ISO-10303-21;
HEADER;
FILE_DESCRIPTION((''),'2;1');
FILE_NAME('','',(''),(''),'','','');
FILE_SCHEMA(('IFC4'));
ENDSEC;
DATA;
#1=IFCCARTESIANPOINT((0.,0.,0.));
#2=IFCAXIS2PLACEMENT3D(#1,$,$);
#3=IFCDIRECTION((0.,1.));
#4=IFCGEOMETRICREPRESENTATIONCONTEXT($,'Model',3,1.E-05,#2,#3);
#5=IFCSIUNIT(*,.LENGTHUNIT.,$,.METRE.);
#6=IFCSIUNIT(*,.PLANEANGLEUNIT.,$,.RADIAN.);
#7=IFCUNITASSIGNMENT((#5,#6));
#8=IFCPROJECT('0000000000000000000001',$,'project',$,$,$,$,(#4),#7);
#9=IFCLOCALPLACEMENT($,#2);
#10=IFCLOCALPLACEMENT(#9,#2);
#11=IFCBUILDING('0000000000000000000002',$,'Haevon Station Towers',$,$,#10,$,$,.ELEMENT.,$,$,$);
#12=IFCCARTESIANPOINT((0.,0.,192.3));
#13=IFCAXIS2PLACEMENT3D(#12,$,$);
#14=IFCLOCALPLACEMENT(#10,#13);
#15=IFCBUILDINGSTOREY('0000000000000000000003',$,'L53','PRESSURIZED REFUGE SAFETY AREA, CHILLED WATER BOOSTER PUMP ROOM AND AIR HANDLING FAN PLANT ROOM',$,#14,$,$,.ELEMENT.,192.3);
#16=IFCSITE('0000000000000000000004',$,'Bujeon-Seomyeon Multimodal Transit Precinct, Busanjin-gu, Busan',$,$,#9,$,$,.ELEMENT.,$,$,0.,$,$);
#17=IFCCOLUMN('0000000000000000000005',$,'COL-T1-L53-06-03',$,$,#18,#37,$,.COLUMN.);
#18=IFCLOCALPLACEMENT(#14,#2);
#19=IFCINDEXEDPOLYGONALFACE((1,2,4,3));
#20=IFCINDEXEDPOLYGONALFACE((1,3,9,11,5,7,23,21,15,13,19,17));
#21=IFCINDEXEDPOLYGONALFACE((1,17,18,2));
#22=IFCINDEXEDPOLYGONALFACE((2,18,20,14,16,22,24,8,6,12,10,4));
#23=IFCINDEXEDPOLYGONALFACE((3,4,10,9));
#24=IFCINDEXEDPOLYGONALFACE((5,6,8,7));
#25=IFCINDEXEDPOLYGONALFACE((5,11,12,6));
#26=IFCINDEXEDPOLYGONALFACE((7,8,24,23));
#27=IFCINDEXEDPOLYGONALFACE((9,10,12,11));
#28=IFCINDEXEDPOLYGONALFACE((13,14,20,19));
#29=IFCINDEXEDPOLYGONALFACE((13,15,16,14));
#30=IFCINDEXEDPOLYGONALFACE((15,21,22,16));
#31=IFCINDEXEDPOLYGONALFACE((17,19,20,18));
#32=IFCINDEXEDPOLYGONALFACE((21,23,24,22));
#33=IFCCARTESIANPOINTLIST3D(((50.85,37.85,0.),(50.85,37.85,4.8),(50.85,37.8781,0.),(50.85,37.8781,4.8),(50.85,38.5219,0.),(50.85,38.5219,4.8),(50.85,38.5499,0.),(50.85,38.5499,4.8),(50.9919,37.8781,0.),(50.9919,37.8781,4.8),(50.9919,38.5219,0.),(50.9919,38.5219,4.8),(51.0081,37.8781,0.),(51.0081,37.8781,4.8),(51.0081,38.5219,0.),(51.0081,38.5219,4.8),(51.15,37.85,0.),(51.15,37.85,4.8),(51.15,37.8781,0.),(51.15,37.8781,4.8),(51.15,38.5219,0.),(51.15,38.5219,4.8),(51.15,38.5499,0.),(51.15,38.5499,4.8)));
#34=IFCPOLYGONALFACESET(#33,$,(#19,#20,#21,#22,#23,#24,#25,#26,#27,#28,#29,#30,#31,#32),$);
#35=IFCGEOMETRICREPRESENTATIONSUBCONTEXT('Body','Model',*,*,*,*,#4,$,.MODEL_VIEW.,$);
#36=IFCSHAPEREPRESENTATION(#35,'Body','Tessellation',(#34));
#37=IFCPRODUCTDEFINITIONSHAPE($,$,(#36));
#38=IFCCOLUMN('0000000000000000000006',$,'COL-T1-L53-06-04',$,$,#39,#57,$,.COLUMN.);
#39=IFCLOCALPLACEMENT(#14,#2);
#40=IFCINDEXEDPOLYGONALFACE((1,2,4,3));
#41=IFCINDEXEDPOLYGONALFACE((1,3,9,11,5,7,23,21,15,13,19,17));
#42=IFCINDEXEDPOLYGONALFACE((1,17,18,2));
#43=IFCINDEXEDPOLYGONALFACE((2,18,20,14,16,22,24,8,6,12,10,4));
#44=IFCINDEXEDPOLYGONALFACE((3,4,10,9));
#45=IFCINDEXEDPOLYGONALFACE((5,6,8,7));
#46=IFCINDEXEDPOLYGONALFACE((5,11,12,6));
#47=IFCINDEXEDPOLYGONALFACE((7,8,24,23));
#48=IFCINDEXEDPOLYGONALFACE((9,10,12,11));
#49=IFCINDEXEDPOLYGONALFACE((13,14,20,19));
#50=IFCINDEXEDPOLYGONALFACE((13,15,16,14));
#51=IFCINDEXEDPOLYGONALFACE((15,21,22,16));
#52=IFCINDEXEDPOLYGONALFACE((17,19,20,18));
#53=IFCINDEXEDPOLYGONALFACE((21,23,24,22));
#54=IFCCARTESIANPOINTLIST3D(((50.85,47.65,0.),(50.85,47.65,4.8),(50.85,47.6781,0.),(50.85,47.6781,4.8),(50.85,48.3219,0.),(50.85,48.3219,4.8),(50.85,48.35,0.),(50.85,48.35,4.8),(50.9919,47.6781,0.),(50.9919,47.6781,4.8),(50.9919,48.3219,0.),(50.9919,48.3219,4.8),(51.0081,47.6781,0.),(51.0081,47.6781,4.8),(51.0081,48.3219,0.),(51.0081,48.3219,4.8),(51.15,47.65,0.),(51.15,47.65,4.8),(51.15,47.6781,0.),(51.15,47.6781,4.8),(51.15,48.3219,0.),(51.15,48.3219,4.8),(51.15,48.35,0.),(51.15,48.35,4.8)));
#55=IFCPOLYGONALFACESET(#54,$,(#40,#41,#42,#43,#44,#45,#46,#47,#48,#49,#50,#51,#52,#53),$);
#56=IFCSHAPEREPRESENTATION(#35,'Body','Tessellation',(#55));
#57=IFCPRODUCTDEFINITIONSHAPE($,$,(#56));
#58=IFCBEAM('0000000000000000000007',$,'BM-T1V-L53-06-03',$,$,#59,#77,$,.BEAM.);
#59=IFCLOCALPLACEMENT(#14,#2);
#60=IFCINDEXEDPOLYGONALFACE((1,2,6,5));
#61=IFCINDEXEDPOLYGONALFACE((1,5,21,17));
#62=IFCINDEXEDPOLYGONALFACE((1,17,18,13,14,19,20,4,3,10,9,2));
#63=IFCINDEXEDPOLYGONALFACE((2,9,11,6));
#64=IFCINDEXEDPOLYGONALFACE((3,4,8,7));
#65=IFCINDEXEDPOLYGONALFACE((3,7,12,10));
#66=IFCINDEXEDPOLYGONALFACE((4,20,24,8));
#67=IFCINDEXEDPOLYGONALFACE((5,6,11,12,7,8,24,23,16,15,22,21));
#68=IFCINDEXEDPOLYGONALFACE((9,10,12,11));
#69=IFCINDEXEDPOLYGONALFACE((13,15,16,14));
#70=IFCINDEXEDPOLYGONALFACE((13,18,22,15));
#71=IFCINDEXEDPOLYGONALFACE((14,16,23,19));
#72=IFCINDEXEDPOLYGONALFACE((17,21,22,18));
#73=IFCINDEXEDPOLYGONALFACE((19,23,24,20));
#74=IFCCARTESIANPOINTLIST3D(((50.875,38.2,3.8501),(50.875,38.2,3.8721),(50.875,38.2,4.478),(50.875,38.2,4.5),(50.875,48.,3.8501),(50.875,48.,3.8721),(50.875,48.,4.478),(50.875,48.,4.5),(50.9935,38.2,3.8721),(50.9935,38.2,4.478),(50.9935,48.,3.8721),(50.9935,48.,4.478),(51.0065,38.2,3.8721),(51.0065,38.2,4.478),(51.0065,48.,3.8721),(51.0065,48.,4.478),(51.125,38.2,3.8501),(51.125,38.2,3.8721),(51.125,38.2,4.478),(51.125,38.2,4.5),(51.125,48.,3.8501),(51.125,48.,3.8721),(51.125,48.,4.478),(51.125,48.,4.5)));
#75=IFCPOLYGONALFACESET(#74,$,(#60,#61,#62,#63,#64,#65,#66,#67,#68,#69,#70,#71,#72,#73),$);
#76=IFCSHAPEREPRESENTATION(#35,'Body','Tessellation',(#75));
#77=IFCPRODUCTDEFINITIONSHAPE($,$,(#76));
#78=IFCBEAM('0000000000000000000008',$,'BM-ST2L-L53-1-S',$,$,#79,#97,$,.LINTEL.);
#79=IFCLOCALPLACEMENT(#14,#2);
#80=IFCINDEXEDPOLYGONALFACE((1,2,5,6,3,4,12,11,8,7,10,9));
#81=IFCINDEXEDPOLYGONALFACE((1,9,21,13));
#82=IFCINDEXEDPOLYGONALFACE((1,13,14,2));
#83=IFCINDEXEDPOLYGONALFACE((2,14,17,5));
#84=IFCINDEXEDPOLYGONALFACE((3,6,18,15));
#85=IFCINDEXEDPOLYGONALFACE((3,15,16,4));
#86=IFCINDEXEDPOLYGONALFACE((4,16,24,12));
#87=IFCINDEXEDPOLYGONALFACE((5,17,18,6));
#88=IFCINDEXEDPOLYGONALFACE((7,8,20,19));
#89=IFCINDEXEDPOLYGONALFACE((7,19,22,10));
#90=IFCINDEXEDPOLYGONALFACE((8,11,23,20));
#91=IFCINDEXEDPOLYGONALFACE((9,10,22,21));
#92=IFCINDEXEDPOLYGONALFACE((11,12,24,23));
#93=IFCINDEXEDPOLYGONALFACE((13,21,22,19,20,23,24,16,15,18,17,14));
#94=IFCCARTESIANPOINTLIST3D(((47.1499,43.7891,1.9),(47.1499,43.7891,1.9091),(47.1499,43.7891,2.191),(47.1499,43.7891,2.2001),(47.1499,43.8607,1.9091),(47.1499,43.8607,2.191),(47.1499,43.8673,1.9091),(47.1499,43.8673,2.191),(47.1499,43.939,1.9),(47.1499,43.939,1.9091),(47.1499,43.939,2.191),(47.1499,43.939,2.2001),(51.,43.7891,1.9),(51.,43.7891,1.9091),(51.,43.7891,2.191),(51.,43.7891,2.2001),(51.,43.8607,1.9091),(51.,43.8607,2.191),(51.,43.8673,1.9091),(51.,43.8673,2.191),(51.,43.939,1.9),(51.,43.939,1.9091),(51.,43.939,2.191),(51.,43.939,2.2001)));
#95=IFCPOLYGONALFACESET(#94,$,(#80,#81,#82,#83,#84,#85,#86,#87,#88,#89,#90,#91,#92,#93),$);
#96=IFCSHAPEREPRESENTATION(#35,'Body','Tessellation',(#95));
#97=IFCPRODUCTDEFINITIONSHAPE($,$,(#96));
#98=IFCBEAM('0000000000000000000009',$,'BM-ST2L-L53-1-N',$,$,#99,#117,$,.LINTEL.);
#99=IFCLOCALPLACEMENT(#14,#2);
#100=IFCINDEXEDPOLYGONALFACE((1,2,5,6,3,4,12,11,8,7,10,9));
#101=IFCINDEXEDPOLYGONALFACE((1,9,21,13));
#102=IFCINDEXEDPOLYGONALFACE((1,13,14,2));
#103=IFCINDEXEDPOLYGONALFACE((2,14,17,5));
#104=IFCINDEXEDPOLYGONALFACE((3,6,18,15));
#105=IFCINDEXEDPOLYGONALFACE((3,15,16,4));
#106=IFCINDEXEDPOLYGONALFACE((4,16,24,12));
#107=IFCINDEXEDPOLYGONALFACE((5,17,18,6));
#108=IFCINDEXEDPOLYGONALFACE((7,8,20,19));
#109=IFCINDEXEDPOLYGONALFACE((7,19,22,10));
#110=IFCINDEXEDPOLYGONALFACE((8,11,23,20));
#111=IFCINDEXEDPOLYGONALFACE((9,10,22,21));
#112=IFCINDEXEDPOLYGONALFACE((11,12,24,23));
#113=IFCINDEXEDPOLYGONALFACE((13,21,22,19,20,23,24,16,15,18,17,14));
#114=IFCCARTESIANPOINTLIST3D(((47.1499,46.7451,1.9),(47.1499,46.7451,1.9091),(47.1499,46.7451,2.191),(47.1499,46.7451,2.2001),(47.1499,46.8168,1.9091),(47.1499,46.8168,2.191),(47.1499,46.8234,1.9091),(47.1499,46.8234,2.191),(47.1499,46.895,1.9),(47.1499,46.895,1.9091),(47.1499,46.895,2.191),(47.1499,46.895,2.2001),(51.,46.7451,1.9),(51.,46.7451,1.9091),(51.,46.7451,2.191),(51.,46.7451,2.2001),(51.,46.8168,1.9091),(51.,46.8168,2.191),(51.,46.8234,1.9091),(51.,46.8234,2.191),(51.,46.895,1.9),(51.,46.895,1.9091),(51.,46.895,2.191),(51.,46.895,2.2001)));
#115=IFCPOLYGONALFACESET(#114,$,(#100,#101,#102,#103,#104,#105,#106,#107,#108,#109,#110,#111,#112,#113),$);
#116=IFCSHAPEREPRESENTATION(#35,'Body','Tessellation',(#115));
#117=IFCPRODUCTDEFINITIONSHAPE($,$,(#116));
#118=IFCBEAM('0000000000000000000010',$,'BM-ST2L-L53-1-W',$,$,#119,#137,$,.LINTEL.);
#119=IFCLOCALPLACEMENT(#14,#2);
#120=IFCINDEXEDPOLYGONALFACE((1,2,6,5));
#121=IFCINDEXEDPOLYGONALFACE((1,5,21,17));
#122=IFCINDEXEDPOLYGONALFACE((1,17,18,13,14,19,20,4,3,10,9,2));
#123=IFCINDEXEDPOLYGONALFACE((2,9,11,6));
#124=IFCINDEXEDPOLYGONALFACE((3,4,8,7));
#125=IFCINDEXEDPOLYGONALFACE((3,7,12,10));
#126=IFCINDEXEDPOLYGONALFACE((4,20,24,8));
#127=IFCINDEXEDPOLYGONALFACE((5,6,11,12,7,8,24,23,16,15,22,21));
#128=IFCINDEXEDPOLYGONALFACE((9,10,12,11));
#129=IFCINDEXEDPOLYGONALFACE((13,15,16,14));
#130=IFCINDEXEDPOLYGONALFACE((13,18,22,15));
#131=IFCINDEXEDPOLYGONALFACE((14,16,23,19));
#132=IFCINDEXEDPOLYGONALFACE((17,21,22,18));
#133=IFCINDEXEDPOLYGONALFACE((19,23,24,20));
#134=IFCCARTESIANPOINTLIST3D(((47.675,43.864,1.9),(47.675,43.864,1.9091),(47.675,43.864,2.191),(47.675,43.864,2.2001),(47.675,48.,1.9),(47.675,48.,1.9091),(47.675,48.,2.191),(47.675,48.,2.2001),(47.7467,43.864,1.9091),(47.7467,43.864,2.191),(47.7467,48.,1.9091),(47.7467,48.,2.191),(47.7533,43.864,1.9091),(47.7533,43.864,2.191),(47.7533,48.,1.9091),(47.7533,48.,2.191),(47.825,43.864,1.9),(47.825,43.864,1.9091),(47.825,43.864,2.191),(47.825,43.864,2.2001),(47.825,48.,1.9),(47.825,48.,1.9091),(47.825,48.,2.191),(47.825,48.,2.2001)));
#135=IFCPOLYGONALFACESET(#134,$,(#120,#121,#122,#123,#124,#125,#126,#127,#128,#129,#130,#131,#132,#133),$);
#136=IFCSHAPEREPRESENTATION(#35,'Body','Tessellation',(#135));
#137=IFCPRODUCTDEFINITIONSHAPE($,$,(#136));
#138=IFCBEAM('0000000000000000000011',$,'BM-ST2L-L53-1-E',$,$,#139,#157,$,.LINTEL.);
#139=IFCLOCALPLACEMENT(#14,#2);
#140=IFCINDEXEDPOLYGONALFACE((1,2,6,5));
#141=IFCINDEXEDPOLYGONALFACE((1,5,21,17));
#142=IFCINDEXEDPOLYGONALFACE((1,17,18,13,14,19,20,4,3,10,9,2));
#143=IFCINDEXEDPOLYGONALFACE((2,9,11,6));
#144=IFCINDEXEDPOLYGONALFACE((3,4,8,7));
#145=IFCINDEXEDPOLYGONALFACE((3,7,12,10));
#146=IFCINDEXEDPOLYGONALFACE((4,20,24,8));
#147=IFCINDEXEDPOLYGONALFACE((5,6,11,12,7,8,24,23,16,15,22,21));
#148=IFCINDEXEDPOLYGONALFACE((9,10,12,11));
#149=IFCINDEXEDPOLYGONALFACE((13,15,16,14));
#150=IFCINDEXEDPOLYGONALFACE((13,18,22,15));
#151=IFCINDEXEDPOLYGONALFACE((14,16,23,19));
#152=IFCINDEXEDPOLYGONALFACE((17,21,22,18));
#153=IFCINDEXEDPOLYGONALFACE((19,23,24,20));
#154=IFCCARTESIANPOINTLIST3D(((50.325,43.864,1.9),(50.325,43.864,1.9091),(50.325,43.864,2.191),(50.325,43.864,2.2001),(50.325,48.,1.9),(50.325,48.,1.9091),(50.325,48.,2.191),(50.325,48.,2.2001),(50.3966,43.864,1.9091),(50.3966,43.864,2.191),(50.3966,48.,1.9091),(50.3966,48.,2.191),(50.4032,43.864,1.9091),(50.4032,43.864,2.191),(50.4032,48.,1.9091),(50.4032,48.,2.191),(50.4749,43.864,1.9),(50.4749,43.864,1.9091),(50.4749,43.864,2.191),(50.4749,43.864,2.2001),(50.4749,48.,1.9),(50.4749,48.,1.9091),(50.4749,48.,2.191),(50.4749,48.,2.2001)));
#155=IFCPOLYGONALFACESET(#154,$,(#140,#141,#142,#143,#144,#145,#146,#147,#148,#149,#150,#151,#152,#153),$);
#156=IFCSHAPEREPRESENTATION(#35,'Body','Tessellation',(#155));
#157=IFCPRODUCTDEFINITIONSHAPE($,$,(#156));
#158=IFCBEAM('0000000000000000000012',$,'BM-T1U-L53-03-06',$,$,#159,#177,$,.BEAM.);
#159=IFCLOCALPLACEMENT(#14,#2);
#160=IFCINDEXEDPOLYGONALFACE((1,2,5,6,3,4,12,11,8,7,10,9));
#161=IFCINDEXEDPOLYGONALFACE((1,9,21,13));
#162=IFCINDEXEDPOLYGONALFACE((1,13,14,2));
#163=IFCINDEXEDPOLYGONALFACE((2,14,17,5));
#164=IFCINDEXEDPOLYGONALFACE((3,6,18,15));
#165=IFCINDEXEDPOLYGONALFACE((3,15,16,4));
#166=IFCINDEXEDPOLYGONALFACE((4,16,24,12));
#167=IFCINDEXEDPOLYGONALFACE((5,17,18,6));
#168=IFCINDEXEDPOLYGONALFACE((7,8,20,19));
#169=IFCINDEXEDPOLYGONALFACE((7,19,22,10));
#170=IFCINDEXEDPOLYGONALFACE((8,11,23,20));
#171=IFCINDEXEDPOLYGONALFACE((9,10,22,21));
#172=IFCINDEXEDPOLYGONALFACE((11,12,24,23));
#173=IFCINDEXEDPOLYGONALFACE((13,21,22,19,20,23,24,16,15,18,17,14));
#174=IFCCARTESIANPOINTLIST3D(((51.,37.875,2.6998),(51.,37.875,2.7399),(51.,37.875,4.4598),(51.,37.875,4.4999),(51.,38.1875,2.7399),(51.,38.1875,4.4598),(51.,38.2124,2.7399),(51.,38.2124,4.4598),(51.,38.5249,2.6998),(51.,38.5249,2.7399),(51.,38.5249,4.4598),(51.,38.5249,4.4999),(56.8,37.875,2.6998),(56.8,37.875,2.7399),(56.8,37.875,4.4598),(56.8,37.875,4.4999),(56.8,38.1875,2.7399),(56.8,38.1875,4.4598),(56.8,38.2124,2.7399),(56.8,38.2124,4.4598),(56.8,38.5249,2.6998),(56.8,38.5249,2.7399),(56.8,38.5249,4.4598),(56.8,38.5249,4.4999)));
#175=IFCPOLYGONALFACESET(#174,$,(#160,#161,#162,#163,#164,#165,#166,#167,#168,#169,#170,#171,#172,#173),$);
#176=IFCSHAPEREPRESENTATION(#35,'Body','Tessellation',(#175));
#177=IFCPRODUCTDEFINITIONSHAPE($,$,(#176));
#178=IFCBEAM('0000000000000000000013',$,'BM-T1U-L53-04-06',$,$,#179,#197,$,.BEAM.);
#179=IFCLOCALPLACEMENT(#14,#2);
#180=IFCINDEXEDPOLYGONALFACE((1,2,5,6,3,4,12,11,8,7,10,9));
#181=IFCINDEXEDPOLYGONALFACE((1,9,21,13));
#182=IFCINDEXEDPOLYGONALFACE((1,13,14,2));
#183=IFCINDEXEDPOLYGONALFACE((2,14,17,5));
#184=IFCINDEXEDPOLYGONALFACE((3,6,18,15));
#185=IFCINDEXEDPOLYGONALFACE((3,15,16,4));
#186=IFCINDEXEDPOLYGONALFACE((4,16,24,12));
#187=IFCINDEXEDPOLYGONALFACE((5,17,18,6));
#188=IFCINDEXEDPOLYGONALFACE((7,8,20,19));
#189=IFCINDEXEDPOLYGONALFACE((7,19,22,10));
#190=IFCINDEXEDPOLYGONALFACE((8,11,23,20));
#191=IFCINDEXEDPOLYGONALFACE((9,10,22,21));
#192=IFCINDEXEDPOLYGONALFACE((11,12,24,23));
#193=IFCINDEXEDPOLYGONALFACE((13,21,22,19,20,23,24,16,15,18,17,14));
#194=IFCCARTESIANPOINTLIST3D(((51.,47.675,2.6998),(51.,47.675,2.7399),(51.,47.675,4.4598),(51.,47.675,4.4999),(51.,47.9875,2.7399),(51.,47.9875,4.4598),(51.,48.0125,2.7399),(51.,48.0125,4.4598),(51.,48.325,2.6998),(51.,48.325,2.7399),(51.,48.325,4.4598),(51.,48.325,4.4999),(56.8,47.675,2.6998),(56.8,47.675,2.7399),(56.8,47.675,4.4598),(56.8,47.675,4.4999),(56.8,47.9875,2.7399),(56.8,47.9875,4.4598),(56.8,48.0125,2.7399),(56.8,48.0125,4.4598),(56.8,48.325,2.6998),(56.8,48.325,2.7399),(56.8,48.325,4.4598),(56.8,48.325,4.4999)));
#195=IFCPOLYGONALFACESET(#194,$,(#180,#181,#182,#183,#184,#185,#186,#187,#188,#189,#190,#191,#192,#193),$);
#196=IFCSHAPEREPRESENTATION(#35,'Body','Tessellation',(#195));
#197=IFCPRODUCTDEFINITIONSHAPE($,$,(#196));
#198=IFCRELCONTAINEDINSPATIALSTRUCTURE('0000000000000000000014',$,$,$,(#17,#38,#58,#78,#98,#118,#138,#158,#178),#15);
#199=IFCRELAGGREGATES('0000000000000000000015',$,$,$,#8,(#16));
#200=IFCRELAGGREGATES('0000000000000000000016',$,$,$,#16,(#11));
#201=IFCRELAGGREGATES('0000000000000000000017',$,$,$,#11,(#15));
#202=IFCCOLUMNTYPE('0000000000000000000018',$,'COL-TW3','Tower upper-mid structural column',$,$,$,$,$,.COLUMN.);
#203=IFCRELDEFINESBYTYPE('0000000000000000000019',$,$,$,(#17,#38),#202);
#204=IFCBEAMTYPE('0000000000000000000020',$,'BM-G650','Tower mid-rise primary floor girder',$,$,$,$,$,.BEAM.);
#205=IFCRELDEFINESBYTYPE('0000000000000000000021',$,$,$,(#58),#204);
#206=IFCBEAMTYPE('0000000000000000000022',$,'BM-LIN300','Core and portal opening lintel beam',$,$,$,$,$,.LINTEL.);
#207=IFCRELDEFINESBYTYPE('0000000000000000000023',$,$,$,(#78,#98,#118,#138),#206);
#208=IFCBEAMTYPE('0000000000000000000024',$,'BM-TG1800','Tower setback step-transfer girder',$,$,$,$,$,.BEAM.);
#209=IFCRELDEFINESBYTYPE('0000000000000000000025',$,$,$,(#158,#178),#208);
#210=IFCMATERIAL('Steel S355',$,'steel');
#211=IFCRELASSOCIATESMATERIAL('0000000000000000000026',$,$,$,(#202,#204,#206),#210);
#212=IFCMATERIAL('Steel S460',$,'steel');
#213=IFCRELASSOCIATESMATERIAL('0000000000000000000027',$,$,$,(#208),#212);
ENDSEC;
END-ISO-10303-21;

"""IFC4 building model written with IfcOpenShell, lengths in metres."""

from ifc_helpers import new_model, si_unit, direction, frame, origin, origin_2d, place, context, subcontext, project, spatial, i_section, extrude, material, material_profile, profile_set, type_object, element, save


model = new_model("IFC4")

# Units and contexts
model_context = context("Model", 3, precision=1e-05, world=origin(), true_north=direction((0.0, 1.0)))
body_context = subcontext(model_context, "Body", "Model", "MODEL_VIEW")
ifc_project = project(units=[si_unit("LENGTHUNIT", "METRE"), si_unit("PLANEANGLEUNIT", "RADIAN")], contexts=[model_context])

# Site, building, storey
site_placement = place(None, origin())
site = spatial("IfcSite", under=ifc_project, at=site_placement, Name="Bujeon-Seomyeon Multimodal Transit Precinct, Busanjin-gu, Busan", CompositionType="ELEMENT", RefElevation=0.0)
building_placement = place(site_placement, origin())
building = spatial("IfcBuilding", under=site, at=building_placement, Name="Haevon Station Towers", CompositionType="ELEMENT")
storey_placement = place(building_placement, frame((0.0, 0.0, 192.3)))
storey = spatial("IfcBuildingStorey", under=building, at=storey_placement, Name="L53", Description="PRESSURIZED REFUGE SAFETY AREA, CHILLED WATER BOOSTER PUMP ROOM AND AIR HANDLING FAN PLANT ROOM", CompositionType="ELEMENT", Elevation=192.3)

# Columns
ifc_material_1 = material(Name="Steel S355", Category="steel")
ifc_material_profile_1 = material_profile(ifc_material_1, i_section(OverallWidth=0.3, OverallDepth=0.7, WebThickness=0.0161, FlangeThickness=0.0281, at=origin_2d()), Name="H-700x300x16x28")
ifc_profile_set_1 = profile_set([ifc_material_profile_1], Name="Steel S355")
column_type = type_object("IfcColumnType", Name="COL-TW3", Description="Tower upper-mid structural column", PredefinedType="COLUMN", material=ifc_profile_set_1)
for number, where, z_axis, x_axis, name in (
    (1, (51.0, 38.2, 0.0), (0.0, 0.0, 1.0), (1.0, 0.0, 0.0), "COL-T1-L53-06-03"),
    (2, (51.0, 48.0, 0.0), (0.0, 0.0, 1.0), (1.0, 0.0, 0.0), "COL-T1-L53-06-04"),
):
    element("IfcColumn", number, at=place(storey_placement, frame(where, z_axis=z_axis, x_axis=x_axis)), inside=storey, type_object=column_type, Name=name, PredefinedType="COLUMN", context=body_context, shape_type="SweptSolid", body=[
        extrude(i_section(OverallWidth=0.3, OverallDepth=0.7, WebThickness=0.0161, FlangeThickness=0.0281, at=origin_2d()), origin(), (0.0, 0.0, 1.0), 4.8),
    ])

# Beams
ifc_material_profile_2 = material_profile(ifc_material_1, i_section(OverallWidth=0.25, OverallDepth=0.6499, WebThickness=0.0129, FlangeThickness=0.022, at=origin_2d()), Name="H-650x250x13x22")
ifc_profile_set_2 = profile_set([ifc_material_profile_2], Name="Steel S355")
beam_type_1 = type_object("IfcBeamType", Name="BM-G650", Description="Tower mid-rise primary floor girder", PredefinedType="BEAM", material=ifc_profile_set_2)
beam_placement = place(storey_placement, frame((51.0, 38.2, 4.175), z_axis=(0.0, 1.0, 0.0), x_axis=(-1.0, 0.0, 0.0)))
element("IfcBeam", 3, at=beam_placement, inside=storey, type_object=beam_type_1, Name="BM-T1V-L53-06-03", PredefinedType="BEAM", context=body_context, shape_type="SweptSolid", body=[
    extrude(i_section(OverallWidth=0.25, OverallDepth=0.6499, WebThickness=0.0129, FlangeThickness=0.022, at=origin_2d()), origin(), (0.0, 0.0, 1.0), 9.8),
])
ifc_material_profile_3 = material_profile(ifc_material_1, i_section(OverallWidth=0.1499, OverallDepth=0.3, WebThickness=0.0066, FlangeThickness=0.009, at=origin_2d()), Name="H-300x150x6.5x9")
ifc_profile_set_3 = profile_set([ifc_material_profile_3], Name="Steel S355")
beam_type_2 = type_object("IfcBeamType", Name="BM-LIN300", Description="Core and portal opening lintel beam", PredefinedType="LINTEL", material=ifc_profile_set_3)
for number, where, z_axis, x_axis, name in (
    (4, (47.1499, 43.864, 2.05), (1.0, 0.0, 0.0), (0.0, 1.0, 0.0), "BM-ST2L-L53-1-S"),
    (5, (47.1499, 46.8201, 2.05), (1.0, 0.0, 0.0), (0.0, 1.0, 0.0), "BM-ST2L-L53-1-N"),
):
    element("IfcBeam", number, at=place(storey_placement, frame(where, z_axis=z_axis, x_axis=x_axis)), inside=storey, type_object=beam_type_2, Name=name, PredefinedType="LINTEL", context=body_context, shape_type="SweptSolid", body=[
        extrude(i_section(OverallWidth=0.1499, OverallDepth=0.3, WebThickness=0.0066, FlangeThickness=0.009, at=origin_2d()), origin(), (0.0, 0.0, 1.0), 3.8501),
    ])
for number, where, z_axis, x_axis, name in (
    (6, (47.75, 43.864, 2.05), (0.0, 1.0, 0.0), (-1.0, 0.0, 0.0), "BM-ST2L-L53-1-W"),
    (7, (50.3999, 43.864, 2.05), (0.0, 1.0, 0.0), (-1.0, 0.0, 0.0), "BM-ST2L-L53-1-E"),
):
    element("IfcBeam", number, at=place(storey_placement, frame(where, z_axis=z_axis, x_axis=x_axis)), inside=storey, type_object=beam_type_2, Name=name, PredefinedType="LINTEL", context=body_context, shape_type="SweptSolid", body=[
        extrude(i_section(OverallWidth=0.1499, OverallDepth=0.3, WebThickness=0.0066, FlangeThickness=0.009, at=origin_2d()), origin(), (0.0, 0.0, 1.0), 4.136),
    ])
ifc_material_2 = material(Name="Steel S460", Category="steel")
ifc_material_profile_4 = material_profile(ifc_material_2, i_section(OverallWidth=0.6499, OverallDepth=1.8, WebThickness=0.0249, FlangeThickness=0.04, at=origin_2d()), Name="H-1800x650x25x40")
ifc_profile_set_4 = profile_set([ifc_material_profile_4], Name="Steel S460")
beam_type_3 = type_object("IfcBeamType", Name="BM-TG1800", Description="Tower setback step-transfer girder", PredefinedType="BEAM", material=ifc_profile_set_4)
for number, where, z_axis, x_axis, name in (
    (8, (51.0, 38.2, 3.5999), (1.0, 0.0, 0.0), (0.0, 1.0, 0.0), "BM-T1U-L53-03-06"),
    (9, (51.0, 48.0, 3.5999), (1.0, 0.0, 0.0), (0.0, 1.0, 0.0), "BM-T1U-L53-04-06"),
):
    element("IfcBeam", number, at=place(storey_placement, frame(where, z_axis=z_axis, x_axis=x_axis)), inside=storey, type_object=beam_type_3, Name=name, PredefinedType="BEAM", context=body_context, shape_type="SweptSolid", body=[
        extrude(i_section(OverallWidth=0.6499, OverallDepth=1.8, WebThickness=0.0249, FlangeThickness=0.04, at=origin_2d()), origin(), (0.0, 0.0, 1.0), 5.8),
    ])

save(model, "model.ifc")
